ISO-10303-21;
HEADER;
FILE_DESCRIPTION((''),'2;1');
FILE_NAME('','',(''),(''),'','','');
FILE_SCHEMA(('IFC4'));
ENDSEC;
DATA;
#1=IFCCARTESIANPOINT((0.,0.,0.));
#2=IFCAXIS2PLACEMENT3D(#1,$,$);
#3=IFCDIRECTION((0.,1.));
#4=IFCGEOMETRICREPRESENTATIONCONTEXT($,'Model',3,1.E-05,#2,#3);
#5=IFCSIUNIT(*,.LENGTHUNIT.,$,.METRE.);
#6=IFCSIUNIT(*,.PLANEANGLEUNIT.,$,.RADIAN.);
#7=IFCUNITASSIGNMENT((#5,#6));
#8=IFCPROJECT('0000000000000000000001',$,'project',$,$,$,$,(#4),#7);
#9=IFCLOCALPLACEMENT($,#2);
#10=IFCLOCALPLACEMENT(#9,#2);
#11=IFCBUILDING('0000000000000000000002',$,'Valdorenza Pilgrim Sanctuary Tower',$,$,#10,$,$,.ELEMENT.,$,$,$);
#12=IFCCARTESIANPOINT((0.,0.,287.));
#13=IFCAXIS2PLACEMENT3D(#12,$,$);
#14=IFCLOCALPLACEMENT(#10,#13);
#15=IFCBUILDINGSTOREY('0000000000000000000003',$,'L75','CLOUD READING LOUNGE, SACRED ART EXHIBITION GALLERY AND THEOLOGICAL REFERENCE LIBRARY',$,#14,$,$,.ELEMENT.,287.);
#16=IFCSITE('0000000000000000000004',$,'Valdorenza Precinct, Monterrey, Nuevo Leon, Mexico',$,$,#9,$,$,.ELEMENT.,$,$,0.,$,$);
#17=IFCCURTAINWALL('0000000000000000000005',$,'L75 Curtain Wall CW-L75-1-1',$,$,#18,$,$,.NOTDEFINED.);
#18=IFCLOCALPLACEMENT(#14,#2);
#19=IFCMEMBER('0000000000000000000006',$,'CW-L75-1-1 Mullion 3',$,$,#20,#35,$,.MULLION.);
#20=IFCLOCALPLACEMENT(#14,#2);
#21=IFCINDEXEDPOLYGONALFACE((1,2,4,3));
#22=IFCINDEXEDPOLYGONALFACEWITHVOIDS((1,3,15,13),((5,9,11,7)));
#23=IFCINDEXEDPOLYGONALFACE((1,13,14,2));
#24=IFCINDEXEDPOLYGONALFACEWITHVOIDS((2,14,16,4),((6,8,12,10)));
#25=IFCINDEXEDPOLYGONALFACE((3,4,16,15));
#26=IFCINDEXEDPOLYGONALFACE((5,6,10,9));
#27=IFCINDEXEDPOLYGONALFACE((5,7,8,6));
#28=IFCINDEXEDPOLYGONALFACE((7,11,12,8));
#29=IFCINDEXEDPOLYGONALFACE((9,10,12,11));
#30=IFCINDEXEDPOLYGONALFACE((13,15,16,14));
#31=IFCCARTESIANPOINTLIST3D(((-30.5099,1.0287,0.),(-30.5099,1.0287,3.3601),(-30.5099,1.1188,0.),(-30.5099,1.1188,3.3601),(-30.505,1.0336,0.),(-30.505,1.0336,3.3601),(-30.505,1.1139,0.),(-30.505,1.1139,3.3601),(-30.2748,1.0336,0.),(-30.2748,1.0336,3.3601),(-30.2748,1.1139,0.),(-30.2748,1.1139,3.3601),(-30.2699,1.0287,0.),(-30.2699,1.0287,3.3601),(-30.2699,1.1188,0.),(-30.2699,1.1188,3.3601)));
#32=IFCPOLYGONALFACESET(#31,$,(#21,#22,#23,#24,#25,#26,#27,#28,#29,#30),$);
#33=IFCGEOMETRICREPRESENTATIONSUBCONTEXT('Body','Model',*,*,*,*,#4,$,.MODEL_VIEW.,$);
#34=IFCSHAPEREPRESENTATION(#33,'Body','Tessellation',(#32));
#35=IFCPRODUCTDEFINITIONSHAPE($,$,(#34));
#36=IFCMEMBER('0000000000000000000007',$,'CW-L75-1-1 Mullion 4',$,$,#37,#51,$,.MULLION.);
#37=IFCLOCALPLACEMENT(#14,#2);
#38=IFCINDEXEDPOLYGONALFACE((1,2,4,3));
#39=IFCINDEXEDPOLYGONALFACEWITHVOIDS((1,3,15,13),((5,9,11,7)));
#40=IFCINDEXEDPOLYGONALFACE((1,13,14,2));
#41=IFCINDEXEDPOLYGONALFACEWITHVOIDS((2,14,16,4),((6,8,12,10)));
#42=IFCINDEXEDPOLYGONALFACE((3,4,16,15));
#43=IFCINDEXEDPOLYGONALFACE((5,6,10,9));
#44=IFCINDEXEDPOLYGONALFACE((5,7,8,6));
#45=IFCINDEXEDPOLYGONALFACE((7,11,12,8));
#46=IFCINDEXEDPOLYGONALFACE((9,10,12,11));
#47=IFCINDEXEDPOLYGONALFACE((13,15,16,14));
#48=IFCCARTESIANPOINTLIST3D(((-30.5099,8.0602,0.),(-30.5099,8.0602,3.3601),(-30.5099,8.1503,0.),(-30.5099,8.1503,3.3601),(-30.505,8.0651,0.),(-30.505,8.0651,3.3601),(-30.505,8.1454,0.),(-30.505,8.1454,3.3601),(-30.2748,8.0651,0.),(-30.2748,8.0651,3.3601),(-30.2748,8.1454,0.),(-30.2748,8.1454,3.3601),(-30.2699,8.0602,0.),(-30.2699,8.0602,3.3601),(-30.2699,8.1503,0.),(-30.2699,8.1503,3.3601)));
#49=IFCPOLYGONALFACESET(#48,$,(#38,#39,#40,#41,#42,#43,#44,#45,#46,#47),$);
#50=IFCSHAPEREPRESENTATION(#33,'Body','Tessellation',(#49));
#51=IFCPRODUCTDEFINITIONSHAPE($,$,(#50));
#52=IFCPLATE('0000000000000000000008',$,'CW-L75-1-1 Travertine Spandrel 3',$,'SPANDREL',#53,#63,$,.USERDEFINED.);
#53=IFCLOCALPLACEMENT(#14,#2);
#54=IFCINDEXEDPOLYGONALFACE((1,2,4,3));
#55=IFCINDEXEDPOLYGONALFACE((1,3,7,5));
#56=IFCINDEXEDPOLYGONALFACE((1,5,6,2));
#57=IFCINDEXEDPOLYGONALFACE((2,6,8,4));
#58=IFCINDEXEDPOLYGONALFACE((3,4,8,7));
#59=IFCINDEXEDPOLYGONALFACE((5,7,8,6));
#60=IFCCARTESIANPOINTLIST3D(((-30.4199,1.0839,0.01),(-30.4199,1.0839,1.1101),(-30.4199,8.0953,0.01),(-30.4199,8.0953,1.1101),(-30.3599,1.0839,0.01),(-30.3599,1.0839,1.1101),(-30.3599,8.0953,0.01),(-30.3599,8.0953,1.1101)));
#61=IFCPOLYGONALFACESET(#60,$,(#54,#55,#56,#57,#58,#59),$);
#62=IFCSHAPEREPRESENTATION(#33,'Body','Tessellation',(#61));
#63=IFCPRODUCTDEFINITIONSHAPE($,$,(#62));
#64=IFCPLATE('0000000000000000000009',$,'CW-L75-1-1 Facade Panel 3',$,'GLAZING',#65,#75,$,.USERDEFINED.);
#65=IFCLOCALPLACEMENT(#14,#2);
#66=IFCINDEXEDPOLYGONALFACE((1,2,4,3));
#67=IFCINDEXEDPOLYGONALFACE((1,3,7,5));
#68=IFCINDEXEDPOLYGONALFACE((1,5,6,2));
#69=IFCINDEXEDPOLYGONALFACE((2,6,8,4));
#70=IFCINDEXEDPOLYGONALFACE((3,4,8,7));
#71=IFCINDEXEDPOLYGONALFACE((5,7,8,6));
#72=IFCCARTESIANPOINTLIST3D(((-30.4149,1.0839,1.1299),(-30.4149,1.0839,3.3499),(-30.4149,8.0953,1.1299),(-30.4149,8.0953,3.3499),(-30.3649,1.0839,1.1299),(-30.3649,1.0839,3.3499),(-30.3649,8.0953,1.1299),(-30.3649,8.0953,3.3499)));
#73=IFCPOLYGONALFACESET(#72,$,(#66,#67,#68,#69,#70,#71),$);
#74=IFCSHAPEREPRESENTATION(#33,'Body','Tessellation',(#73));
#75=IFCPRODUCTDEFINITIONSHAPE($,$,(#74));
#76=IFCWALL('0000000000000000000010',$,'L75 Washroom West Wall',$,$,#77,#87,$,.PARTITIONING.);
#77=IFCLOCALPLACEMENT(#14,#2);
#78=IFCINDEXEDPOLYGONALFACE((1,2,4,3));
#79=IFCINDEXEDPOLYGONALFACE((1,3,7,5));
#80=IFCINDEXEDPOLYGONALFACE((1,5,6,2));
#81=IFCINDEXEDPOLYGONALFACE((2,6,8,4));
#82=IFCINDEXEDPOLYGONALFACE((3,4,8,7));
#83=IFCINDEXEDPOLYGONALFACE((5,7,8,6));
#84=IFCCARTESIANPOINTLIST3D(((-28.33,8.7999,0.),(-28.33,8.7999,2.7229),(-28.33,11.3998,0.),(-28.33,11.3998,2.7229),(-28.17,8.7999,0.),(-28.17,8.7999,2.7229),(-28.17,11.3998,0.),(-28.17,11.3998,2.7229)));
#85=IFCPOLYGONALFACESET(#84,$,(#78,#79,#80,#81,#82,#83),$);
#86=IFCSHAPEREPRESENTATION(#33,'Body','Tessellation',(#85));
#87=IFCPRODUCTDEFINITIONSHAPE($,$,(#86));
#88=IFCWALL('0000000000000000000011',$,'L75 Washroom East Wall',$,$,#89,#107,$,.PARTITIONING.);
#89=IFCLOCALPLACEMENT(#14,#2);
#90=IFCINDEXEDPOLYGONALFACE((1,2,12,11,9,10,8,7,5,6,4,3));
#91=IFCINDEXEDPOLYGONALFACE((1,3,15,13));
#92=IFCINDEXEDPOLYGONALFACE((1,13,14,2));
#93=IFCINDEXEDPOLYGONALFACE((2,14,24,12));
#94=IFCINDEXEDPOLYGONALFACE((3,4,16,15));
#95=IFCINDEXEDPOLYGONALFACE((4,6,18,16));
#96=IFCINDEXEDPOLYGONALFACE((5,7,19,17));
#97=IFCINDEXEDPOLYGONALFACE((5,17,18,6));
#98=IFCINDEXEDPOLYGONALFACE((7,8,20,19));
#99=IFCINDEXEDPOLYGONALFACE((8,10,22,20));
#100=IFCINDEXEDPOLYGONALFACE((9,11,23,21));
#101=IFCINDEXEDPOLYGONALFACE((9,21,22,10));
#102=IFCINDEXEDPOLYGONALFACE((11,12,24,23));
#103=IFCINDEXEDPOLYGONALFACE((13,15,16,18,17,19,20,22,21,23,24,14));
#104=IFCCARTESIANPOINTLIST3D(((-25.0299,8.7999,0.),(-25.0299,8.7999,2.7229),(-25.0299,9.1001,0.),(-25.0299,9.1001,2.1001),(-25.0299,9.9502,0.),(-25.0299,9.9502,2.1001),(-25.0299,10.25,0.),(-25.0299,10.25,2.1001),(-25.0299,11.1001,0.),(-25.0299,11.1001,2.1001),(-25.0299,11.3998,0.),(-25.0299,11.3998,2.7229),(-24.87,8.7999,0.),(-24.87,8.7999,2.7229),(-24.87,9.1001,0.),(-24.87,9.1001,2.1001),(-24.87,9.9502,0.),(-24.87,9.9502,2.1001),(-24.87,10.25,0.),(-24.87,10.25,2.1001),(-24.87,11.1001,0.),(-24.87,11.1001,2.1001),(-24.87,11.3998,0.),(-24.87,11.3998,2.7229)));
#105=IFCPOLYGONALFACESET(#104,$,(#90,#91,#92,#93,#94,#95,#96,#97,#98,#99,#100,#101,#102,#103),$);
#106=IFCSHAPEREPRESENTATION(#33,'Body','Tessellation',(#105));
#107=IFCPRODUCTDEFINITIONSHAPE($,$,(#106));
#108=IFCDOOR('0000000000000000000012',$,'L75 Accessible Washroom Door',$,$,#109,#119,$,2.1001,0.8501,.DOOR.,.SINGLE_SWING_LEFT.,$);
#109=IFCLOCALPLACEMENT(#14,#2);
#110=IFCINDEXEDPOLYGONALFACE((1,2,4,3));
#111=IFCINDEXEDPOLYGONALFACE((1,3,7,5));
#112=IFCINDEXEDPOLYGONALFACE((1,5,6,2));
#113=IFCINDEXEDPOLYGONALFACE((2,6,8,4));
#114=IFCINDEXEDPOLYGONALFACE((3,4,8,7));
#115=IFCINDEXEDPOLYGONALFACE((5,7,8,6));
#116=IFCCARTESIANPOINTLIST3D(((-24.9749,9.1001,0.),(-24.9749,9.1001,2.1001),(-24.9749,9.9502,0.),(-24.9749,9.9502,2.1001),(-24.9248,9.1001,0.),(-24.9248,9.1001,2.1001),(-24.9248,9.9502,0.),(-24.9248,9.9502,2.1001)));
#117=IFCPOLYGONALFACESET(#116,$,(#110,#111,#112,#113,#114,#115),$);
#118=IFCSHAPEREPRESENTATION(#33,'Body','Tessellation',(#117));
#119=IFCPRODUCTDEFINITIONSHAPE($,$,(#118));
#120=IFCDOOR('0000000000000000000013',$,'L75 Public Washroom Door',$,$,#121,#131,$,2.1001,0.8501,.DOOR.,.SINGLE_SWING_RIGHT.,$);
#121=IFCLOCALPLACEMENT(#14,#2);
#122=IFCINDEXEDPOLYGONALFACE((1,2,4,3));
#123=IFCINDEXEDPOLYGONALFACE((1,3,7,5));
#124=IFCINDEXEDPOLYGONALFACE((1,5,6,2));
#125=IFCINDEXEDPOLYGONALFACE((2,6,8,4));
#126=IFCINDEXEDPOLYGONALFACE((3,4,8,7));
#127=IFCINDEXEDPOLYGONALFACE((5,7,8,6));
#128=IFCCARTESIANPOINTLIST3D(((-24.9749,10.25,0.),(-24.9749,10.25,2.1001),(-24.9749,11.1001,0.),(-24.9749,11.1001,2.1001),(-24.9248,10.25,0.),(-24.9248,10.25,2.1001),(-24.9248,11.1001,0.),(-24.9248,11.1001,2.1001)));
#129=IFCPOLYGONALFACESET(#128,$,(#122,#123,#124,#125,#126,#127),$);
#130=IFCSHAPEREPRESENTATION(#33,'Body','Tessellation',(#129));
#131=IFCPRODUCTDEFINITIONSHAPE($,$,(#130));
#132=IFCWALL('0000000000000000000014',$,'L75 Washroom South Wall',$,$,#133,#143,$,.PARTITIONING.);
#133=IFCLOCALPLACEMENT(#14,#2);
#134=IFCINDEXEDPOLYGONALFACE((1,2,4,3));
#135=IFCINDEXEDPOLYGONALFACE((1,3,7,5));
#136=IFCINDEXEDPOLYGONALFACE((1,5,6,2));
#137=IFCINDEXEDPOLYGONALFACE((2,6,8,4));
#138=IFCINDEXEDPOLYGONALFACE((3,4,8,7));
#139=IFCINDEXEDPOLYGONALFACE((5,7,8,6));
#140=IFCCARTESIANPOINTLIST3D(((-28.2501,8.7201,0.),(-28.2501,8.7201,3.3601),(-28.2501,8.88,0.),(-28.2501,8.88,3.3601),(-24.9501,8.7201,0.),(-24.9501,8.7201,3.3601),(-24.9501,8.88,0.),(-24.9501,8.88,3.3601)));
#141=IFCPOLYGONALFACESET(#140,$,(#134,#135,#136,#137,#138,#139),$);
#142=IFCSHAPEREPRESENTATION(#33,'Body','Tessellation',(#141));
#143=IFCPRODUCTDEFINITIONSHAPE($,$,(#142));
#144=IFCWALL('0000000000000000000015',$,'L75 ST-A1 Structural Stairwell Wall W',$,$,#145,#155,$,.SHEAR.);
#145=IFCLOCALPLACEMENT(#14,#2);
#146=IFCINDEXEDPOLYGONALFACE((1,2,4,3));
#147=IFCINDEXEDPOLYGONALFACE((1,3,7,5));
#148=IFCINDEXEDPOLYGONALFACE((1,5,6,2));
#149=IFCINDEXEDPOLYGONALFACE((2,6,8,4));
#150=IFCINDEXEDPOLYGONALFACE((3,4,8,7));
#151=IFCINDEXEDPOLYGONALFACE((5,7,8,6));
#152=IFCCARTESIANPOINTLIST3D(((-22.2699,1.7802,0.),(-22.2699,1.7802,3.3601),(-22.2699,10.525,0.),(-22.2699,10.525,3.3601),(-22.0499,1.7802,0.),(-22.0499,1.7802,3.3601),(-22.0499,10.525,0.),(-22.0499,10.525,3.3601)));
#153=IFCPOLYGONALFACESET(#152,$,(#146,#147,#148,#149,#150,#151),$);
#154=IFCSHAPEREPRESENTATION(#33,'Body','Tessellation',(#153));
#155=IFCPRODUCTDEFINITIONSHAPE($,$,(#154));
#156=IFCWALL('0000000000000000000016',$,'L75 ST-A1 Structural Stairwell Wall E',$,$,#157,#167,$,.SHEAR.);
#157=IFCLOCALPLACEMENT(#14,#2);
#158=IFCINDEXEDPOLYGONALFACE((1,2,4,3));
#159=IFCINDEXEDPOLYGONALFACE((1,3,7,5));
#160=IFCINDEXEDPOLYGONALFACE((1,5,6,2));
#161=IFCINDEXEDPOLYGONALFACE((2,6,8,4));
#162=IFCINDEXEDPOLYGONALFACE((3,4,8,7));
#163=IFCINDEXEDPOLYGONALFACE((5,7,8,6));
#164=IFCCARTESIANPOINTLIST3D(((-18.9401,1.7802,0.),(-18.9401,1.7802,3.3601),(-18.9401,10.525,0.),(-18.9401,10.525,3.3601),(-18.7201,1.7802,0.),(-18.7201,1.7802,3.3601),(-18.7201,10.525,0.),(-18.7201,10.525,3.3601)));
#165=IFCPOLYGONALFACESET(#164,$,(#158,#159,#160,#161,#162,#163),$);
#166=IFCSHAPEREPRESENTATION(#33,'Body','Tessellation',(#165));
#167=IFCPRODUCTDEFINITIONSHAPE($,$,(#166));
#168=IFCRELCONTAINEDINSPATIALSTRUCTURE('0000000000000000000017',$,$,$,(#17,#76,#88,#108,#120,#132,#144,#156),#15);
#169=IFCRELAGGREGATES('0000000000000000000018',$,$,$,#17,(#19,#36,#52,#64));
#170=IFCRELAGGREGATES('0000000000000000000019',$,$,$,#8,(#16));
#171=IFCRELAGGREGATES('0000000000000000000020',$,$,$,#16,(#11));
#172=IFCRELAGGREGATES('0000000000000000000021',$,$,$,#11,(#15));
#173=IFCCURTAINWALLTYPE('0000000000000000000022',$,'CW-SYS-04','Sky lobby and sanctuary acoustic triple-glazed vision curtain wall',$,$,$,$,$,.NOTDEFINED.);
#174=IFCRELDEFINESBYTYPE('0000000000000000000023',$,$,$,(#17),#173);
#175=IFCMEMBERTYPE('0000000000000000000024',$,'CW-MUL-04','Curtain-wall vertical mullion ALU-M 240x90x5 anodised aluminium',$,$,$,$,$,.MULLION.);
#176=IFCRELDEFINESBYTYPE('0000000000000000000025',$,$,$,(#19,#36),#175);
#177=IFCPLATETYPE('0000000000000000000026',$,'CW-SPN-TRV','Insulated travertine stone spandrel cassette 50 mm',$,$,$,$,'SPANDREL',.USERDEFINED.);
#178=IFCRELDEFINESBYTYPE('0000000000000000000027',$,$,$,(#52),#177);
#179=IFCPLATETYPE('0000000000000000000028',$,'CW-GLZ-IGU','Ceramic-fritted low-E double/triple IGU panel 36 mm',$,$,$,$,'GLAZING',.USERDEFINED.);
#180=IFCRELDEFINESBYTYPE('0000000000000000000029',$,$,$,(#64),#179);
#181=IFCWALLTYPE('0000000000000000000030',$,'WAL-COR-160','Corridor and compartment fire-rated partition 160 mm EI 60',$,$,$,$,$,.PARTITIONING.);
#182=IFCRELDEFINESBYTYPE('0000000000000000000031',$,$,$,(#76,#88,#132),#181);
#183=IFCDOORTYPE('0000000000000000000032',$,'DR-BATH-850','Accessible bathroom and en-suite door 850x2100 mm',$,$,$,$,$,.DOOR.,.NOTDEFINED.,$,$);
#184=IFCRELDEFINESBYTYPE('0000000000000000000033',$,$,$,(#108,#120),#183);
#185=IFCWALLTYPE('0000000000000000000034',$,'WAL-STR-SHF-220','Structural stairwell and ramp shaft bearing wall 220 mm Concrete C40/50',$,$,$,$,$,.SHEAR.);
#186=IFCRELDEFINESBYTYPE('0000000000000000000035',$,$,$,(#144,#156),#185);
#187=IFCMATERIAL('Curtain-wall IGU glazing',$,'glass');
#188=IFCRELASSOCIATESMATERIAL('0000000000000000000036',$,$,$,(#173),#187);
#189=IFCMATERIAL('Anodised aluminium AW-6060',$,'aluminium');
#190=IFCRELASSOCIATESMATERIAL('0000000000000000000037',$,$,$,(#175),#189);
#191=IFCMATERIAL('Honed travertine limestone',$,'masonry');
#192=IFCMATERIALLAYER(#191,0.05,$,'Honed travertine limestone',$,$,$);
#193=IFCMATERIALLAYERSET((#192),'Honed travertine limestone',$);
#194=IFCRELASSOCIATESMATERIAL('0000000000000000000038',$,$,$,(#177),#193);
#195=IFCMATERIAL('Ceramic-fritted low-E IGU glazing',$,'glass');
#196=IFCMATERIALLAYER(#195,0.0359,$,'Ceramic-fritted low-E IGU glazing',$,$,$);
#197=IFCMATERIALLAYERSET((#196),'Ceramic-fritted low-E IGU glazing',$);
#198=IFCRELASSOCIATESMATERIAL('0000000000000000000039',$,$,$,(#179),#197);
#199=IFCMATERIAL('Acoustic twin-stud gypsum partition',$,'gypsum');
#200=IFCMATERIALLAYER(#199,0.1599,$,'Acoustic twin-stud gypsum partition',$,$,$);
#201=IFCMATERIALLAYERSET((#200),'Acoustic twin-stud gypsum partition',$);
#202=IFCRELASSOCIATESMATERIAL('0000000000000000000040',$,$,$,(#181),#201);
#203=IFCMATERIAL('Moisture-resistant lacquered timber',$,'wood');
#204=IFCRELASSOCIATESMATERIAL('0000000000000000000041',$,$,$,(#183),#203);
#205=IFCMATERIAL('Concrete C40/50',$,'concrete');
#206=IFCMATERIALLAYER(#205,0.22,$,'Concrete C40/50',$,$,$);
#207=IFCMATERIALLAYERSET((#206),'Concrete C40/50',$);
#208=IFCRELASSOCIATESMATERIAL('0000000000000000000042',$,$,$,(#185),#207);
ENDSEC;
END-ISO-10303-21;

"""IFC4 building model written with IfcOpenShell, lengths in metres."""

from ifc_helpers import new_model, si_unit, direction, frame, frame_2d, origin, origin_2d, place, context, subcontext, project, spatial, rectangle, hollow_rectangle, extrude, source, transform, mapped, material, layer, layer_set, material_profile, profile_set, type_object, element, fill, aggregate, save


model = new_model("IFC4")

# Units and contexts
model_context = context("Model", 3, precision=1e-05, world=origin(), true_north=direction((0.0, 1.0)))
body_context = subcontext(model_context, "Body", "Model", "MODEL_VIEW")
ifc_project = project(units=[si_unit("LENGTHUNIT", "METRE"), si_unit("PLANEANGLEUNIT", "RADIAN")], contexts=[model_context])

# Site, building, storey
site_placement = place(None, origin())
site = spatial("IfcSite", under=ifc_project, at=site_placement, Name="Valdorenza Precinct, Monterrey, Nuevo Leon, Mexico", CompositionType="ELEMENT", RefElevation=0.0)
building_placement = place(site_placement, origin())
building = spatial("IfcBuilding", under=site, at=building_placement, Name="Valdorenza Pilgrim Sanctuary Tower", CompositionType="ELEMENT")
storey_placement = place(building_placement, frame((0.0, 0.0, 287.0)))
storey = spatial("IfcBuildingStorey", under=building, at=storey_placement, Name="L75", Description="CLOUD READING LOUNGE, SACRED ART EXHIBITION GALLERY AND THEOLOGICAL REFERENCE LIBRARY", CompositionType="ELEMENT", Elevation=287.0)

# Curtain wall, members, plates
ifc_material_1 = material(Name="Curtain-wall IGU glazing", Category="glass")
curtain_wall_type = type_object("IfcCurtainWallType", Name="CW-SYS-04", Description="Sky lobby and sanctuary acoustic triple-glazed vision curtain wall", PredefinedType="NOTDEFINED", material=ifc_material_1)
curtain_wall_placement = place(storey_placement, origin())
curtain_wall = element("IfcCurtainWall", 1, at=curtain_wall_placement, inside=storey, type_object=curtain_wall_type, Name="L75 Curtain Wall CW-L75-1-1", PredefinedType="NOTDEFINED")
ifc_material_2 = material(Name="Anodised aluminium AW-6060", Category="aluminium")
ifc_material_profile_1 = material_profile(ifc_material_2, hollow_rectangle(XDim=0.0901, YDim=0.24, WallThickness=0.0049, at=origin_2d()), Name="ALU-M 240x90x5")
ifc_profile_set_1 = profile_set([ifc_material_profile_1], Name="Anodised aluminium AW-6060")
member_type = type_object("IfcMemberType", Name="CW-MUL-04", Description="Curtain-wall vertical mullion ALU-M 240x90x5 anodised aluminium", PredefinedType="MULLION", material=ifc_profile_set_1)
shared_shape_1 = source(origin(), body_context, "Body", "SweptSolid", [
    extrude(hollow_rectangle(XDim=0.0901, YDim=0.24, WallThickness=0.0049, at=origin_2d()), origin(), (0.0, 0.0, 1.0), 3.3601),
])
member_1_placement = place(storey_placement, frame((-30.3899, 1.0737, 0.0), z_axis=(0.0, 0.0, 1.0), x_axis=(0.0, 1.0, 0.0)))
member_1 = element("IfcMember", 2, at=member_1_placement, type_object=member_type, Name="CW-L75-1-1 Mullion 3", PredefinedType="MULLION", context=body_context, shape_type="MappedRepresentation", body=[
    mapped(shared_shape_1, transform((0.0, 0.0, 0.0), x_axis=(1.0, 0.0, 0.0), y_axis=(0.0, 1.0, 0.0), z_axis=(0.0, 0.0, 1.0), scale=1.0)),
])
member_2_placement = place(storey_placement, frame((-30.3899, 8.1052, 0.0), z_axis=(0.0, 0.0, 1.0), x_axis=(0.0, 1.0, 0.0)))
member_2 = element("IfcMember", 3, at=member_2_placement, type_object=member_type, Name="CW-L75-1-1 Mullion 4", PredefinedType="MULLION", context=body_context, shape_type="MappedRepresentation", body=[
    mapped(shared_shape_1, transform((0.0, 0.0, 0.0), x_axis=(1.0, 0.0, 0.0), y_axis=(0.0, 1.0, 0.0), z_axis=(0.0, 0.0, 1.0), scale=1.0)),
])
ifc_material_3 = material(Name="Honed travertine limestone", Category="masonry")
ifc_layer_1 = layer(ifc_material_3, 0.05, Name="Honed travertine limestone")
ifc_layer_set_1 = layer_set([ifc_layer_1], Name="Honed travertine limestone")
plate_type_1 = type_object("IfcPlateType", Name="CW-SPN-TRV", Description="Insulated travertine stone spandrel cassette 50 mm", ElementType="SPANDREL", PredefinedType="USERDEFINED", material=ifc_layer_set_1)
shared_shape_2 = source(origin(), body_context, "Body", "SweptSolid", [
    extrude(rectangle(XDim=7.0115, YDim=0.0601, at=origin_2d()), origin(), (0.0, 0.0, 1.0), 1.1001),
])
plate_1_placement = place(storey_placement, frame((-30.3899, 4.5896, 0.01), z_axis=(0.0, 0.0, 1.0), x_axis=(0.0, 1.0, 0.0)))
plate_1 = element("IfcPlate", 4, at=plate_1_placement, type_object=plate_type_1, Name="CW-L75-1-1 Travertine Spandrel 3", ObjectType="SPANDREL", PredefinedType="USERDEFINED", context=body_context, shape_type="MappedRepresentation", body=[
    mapped(shared_shape_2, transform((0.0, 0.0, 0.0), x_axis=(1.0, 0.0, 0.0), y_axis=(0.0, 1.0, 0.0), z_axis=(0.0, 0.0, 1.0), scale=1.0)),
])
ifc_material_4 = material(Name="Ceramic-fritted low-E IGU glazing", Category="glass")
ifc_layer_2 = layer(ifc_material_4, 0.0359, Name="Ceramic-fritted low-E IGU glazing")
ifc_layer_set_2 = layer_set([ifc_layer_2], Name="Ceramic-fritted low-E IGU glazing")
plate_type_2 = type_object("IfcPlateType", Name="CW-GLZ-IGU", Description="Ceramic-fritted low-E double/triple IGU panel 36 mm", ElementType="GLAZING", PredefinedType="USERDEFINED", material=ifc_layer_set_2)
shared_shape_3 = source(origin(), body_context, "Body", "SweptSolid", [
    extrude(rectangle(XDim=7.0115, YDim=0.05, at=origin_2d()), origin(), (0.0, 0.0, 1.0), 2.22),
])
plate_2_placement = place(storey_placement, frame((-30.3899, 4.5896, 1.1299), z_axis=(0.0, 0.0, 1.0), x_axis=(0.0, 1.0, 0.0)))
plate_2 = element("IfcPlate", 5, at=plate_2_placement, type_object=plate_type_2, Name="CW-L75-1-1 Facade Panel 3", ObjectType="GLAZING", PredefinedType="USERDEFINED", context=body_context, shape_type="MappedRepresentation", body=[
    mapped(shared_shape_3, transform((0.0, 0.0, 0.0), x_axis=(1.0, 0.0, 0.0), y_axis=(0.0, 1.0, 0.0), z_axis=(0.0, 0.0, 1.0), scale=1.0)),
])
aggregate(curtain_wall, [member_1, member_2, plate_1, plate_2])

# Wall
ifc_material_5 = material(Name="Acoustic twin-stud gypsum partition", Category="gypsum")
ifc_layer_3 = layer(ifc_material_5, 0.1599, Name="Acoustic twin-stud gypsum partition")
ifc_layer_set_3 = layer_set([ifc_layer_3], Name="Acoustic twin-stud gypsum partition")
wall_type_1 = type_object("IfcWallType", Name="WAL-COR-160", Description="Corridor and compartment fire-rated partition 160 mm EI 60", PredefinedType="PARTITIONING", material=ifc_layer_set_3)
wall_1_placement = place(storey_placement, frame((-28.25, 8.8, 0.0), z_axis=(0.0, 0.0, 1.0), x_axis=(0.0, 1.0, 0.0)))
element("IfcWall", 6, at=wall_1_placement, inside=storey, type_object=wall_type_1, Name="L75 Washroom West Wall", PredefinedType="PARTITIONING", context=body_context, shape_type="SweptSolid", body=[
    extrude(rectangle(XDim=2.5999, YDim=0.1599, at=frame_2d((1.2998, 0.0))), origin(), (0.0, 0.0, 1.0), 2.7229),
])

# Wall, openings, doors
wall_2_placement = place(storey_placement, frame((-24.95, 8.8, 0.0), z_axis=(0.0, 0.0, 1.0), x_axis=(0.0, 1.0, 0.0)))
wall_2 = element("IfcWall", 7, at=wall_2_placement, inside=storey, type_object=wall_type_1, Name="L75 Washroom East Wall", PredefinedType="PARTITIONING", context=body_context, shape_type="SweptSolid", body=[
    extrude(rectangle(XDim=2.5999, YDim=0.1599, at=frame_2d((1.2998, 0.0))), origin(), (0.0, 0.0, 1.0), 2.7229),
])
opening_1_placement = place(wall_2_placement, frame((0.3, 0.0, 0.0)))
opening_1 = element("IfcOpeningElement", 8, at=opening_1_placement, cuts=wall_2, PredefinedType="OPENING", context=body_context, shape_type="SweptSolid", body=[
    extrude(rectangle(XDim=0.8501, YDim=2.1001, at=frame_2d((0.425, 1.05))), frame((0.0, 0.0947, 0.0), z_axis=(0.0, -1.0, 0.0), x_axis=(1.0, 0.0, 0.0)), (0.0, 0.0, 1.0), 0.1897),
])
opening_2_placement = place(wall_2_placement, frame((1.45, 0.0, 0.0)))
opening_2 = element("IfcOpeningElement", 9, at=opening_2_placement, cuts=wall_2, PredefinedType="OPENING", context=body_context, shape_type="SweptSolid", body=[
    extrude(rectangle(XDim=0.8501, YDim=2.1001, at=frame_2d((0.425, 1.05))), frame((0.0, 0.0947, 0.0), z_axis=(0.0, -1.0, 0.0), x_axis=(1.0, 0.0, 0.0)), (0.0, 0.0, 1.0), 0.1897),
])
ifc_material_6 = material(Name="Moisture-resistant lacquered timber", Category="wood")
door_type_1 = type_object("IfcDoorType", Name="DR-BATH-850", Description="Accessible bathroom and en-suite door 850x2100 mm", OperationType="NOTDEFINED", PredefinedType="DOOR", material=ifc_material_6)
door_1_placement = place(opening_1_placement, origin())
door_1 = element("IfcDoor", 10, at=door_1_placement, inside=storey, type_object=door_type_1, Name="L75 Accessible Washroom Door", OperationType="SINGLE_SWING_LEFT", OverallHeight=2.1001, OverallWidth=0.8501, PredefinedType="DOOR", context=body_context, shape_type="SweptSolid", body=[
    extrude(rectangle(XDim=0.8501, YDim=2.1001, at=frame_2d((0.425, 1.05))), frame((0.0, 0.0249, 0.0), z_axis=(0.0, -1.0, 0.0), x_axis=(1.0, 0.0, 0.0)), (0.0, 0.0, 1.0), 0.05),
])
fill(opening_1, door_1)
door_2_placement = place(opening_2_placement, origin())
door_2 = element("IfcDoor", 11, at=door_2_placement, inside=storey, type_object=door_type_1, Name="L75 Public Washroom Door", OperationType="SINGLE_SWING_RIGHT", OverallHeight=2.1001, OverallWidth=0.8501, PredefinedType="DOOR", context=body_context, shape_type="SweptSolid", body=[
    extrude(rectangle(XDim=0.8501, YDim=2.1001, at=frame_2d((0.425, 1.05))), frame((0.0, 0.0249, 0.0), z_axis=(0.0, -1.0, 0.0), x_axis=(1.0, 0.0, 0.0)), (0.0, 0.0, 1.0), 0.05),
])
fill(opening_2, door_2)

# Walls
wall_3_placement = place(storey_placement, frame((-28.25, 8.8, 0.0), z_axis=(0.0, 0.0, 1.0), x_axis=(1.0, 0.0, 0.0)))
element("IfcWall", 12, at=wall_3_placement, inside=storey, type_object=wall_type_1, Name="L75 Washroom South Wall", PredefinedType="PARTITIONING", context=body_context, shape_type="SweptSolid", body=[
    extrude(rectangle(XDim=3.3, YDim=0.1599, at=frame_2d((1.6499, 0.0))), origin(), (0.0, 0.0, 1.0), 3.3601),
])
ifc_material_7 = material(Name="Concrete C40/50", Category="concrete")
ifc_layer_4 = layer(ifc_material_7, 0.22, Name="Concrete C40/50")
ifc_layer_set_4 = layer_set([ifc_layer_4], Name="Concrete C40/50")
wall_type_2 = type_object("IfcWallType", Name="WAL-STR-SHF-220", Description="Structural stairwell and ramp shaft bearing wall 220 mm Concrete C40/50", PredefinedType="SHEAR", material=ifc_layer_set_4)
for number, where, z_axis, x_axis, name in (
    (13, (-22.1599, 1.78, 0.0), (0.0, 0.0, 1.0), (0.0, 1.0, 0.0), "L75 ST-A1 Structural Stairwell Wall W"),
    (14, (-18.8301, 1.78, 0.0), (0.0, 0.0, 1.0), (0.0, 1.0, 0.0), "L75 ST-A1 Structural Stairwell Wall E"),
):
    element("IfcWall", number, at=place(storey_placement, frame(where, z_axis=z_axis, x_axis=x_axis)), inside=storey, type_object=wall_type_2, Name=name, PredefinedType="SHEAR", context=body_context, shape_type="SweptSolid", body=[
        extrude(rectangle(XDim=8.7449, YDim=0.22, at=frame_2d((4.3726, 0.0))), origin(), (0.0, 0.0, 1.0), 3.3601),
    ])

save(model, "model.ifc")
